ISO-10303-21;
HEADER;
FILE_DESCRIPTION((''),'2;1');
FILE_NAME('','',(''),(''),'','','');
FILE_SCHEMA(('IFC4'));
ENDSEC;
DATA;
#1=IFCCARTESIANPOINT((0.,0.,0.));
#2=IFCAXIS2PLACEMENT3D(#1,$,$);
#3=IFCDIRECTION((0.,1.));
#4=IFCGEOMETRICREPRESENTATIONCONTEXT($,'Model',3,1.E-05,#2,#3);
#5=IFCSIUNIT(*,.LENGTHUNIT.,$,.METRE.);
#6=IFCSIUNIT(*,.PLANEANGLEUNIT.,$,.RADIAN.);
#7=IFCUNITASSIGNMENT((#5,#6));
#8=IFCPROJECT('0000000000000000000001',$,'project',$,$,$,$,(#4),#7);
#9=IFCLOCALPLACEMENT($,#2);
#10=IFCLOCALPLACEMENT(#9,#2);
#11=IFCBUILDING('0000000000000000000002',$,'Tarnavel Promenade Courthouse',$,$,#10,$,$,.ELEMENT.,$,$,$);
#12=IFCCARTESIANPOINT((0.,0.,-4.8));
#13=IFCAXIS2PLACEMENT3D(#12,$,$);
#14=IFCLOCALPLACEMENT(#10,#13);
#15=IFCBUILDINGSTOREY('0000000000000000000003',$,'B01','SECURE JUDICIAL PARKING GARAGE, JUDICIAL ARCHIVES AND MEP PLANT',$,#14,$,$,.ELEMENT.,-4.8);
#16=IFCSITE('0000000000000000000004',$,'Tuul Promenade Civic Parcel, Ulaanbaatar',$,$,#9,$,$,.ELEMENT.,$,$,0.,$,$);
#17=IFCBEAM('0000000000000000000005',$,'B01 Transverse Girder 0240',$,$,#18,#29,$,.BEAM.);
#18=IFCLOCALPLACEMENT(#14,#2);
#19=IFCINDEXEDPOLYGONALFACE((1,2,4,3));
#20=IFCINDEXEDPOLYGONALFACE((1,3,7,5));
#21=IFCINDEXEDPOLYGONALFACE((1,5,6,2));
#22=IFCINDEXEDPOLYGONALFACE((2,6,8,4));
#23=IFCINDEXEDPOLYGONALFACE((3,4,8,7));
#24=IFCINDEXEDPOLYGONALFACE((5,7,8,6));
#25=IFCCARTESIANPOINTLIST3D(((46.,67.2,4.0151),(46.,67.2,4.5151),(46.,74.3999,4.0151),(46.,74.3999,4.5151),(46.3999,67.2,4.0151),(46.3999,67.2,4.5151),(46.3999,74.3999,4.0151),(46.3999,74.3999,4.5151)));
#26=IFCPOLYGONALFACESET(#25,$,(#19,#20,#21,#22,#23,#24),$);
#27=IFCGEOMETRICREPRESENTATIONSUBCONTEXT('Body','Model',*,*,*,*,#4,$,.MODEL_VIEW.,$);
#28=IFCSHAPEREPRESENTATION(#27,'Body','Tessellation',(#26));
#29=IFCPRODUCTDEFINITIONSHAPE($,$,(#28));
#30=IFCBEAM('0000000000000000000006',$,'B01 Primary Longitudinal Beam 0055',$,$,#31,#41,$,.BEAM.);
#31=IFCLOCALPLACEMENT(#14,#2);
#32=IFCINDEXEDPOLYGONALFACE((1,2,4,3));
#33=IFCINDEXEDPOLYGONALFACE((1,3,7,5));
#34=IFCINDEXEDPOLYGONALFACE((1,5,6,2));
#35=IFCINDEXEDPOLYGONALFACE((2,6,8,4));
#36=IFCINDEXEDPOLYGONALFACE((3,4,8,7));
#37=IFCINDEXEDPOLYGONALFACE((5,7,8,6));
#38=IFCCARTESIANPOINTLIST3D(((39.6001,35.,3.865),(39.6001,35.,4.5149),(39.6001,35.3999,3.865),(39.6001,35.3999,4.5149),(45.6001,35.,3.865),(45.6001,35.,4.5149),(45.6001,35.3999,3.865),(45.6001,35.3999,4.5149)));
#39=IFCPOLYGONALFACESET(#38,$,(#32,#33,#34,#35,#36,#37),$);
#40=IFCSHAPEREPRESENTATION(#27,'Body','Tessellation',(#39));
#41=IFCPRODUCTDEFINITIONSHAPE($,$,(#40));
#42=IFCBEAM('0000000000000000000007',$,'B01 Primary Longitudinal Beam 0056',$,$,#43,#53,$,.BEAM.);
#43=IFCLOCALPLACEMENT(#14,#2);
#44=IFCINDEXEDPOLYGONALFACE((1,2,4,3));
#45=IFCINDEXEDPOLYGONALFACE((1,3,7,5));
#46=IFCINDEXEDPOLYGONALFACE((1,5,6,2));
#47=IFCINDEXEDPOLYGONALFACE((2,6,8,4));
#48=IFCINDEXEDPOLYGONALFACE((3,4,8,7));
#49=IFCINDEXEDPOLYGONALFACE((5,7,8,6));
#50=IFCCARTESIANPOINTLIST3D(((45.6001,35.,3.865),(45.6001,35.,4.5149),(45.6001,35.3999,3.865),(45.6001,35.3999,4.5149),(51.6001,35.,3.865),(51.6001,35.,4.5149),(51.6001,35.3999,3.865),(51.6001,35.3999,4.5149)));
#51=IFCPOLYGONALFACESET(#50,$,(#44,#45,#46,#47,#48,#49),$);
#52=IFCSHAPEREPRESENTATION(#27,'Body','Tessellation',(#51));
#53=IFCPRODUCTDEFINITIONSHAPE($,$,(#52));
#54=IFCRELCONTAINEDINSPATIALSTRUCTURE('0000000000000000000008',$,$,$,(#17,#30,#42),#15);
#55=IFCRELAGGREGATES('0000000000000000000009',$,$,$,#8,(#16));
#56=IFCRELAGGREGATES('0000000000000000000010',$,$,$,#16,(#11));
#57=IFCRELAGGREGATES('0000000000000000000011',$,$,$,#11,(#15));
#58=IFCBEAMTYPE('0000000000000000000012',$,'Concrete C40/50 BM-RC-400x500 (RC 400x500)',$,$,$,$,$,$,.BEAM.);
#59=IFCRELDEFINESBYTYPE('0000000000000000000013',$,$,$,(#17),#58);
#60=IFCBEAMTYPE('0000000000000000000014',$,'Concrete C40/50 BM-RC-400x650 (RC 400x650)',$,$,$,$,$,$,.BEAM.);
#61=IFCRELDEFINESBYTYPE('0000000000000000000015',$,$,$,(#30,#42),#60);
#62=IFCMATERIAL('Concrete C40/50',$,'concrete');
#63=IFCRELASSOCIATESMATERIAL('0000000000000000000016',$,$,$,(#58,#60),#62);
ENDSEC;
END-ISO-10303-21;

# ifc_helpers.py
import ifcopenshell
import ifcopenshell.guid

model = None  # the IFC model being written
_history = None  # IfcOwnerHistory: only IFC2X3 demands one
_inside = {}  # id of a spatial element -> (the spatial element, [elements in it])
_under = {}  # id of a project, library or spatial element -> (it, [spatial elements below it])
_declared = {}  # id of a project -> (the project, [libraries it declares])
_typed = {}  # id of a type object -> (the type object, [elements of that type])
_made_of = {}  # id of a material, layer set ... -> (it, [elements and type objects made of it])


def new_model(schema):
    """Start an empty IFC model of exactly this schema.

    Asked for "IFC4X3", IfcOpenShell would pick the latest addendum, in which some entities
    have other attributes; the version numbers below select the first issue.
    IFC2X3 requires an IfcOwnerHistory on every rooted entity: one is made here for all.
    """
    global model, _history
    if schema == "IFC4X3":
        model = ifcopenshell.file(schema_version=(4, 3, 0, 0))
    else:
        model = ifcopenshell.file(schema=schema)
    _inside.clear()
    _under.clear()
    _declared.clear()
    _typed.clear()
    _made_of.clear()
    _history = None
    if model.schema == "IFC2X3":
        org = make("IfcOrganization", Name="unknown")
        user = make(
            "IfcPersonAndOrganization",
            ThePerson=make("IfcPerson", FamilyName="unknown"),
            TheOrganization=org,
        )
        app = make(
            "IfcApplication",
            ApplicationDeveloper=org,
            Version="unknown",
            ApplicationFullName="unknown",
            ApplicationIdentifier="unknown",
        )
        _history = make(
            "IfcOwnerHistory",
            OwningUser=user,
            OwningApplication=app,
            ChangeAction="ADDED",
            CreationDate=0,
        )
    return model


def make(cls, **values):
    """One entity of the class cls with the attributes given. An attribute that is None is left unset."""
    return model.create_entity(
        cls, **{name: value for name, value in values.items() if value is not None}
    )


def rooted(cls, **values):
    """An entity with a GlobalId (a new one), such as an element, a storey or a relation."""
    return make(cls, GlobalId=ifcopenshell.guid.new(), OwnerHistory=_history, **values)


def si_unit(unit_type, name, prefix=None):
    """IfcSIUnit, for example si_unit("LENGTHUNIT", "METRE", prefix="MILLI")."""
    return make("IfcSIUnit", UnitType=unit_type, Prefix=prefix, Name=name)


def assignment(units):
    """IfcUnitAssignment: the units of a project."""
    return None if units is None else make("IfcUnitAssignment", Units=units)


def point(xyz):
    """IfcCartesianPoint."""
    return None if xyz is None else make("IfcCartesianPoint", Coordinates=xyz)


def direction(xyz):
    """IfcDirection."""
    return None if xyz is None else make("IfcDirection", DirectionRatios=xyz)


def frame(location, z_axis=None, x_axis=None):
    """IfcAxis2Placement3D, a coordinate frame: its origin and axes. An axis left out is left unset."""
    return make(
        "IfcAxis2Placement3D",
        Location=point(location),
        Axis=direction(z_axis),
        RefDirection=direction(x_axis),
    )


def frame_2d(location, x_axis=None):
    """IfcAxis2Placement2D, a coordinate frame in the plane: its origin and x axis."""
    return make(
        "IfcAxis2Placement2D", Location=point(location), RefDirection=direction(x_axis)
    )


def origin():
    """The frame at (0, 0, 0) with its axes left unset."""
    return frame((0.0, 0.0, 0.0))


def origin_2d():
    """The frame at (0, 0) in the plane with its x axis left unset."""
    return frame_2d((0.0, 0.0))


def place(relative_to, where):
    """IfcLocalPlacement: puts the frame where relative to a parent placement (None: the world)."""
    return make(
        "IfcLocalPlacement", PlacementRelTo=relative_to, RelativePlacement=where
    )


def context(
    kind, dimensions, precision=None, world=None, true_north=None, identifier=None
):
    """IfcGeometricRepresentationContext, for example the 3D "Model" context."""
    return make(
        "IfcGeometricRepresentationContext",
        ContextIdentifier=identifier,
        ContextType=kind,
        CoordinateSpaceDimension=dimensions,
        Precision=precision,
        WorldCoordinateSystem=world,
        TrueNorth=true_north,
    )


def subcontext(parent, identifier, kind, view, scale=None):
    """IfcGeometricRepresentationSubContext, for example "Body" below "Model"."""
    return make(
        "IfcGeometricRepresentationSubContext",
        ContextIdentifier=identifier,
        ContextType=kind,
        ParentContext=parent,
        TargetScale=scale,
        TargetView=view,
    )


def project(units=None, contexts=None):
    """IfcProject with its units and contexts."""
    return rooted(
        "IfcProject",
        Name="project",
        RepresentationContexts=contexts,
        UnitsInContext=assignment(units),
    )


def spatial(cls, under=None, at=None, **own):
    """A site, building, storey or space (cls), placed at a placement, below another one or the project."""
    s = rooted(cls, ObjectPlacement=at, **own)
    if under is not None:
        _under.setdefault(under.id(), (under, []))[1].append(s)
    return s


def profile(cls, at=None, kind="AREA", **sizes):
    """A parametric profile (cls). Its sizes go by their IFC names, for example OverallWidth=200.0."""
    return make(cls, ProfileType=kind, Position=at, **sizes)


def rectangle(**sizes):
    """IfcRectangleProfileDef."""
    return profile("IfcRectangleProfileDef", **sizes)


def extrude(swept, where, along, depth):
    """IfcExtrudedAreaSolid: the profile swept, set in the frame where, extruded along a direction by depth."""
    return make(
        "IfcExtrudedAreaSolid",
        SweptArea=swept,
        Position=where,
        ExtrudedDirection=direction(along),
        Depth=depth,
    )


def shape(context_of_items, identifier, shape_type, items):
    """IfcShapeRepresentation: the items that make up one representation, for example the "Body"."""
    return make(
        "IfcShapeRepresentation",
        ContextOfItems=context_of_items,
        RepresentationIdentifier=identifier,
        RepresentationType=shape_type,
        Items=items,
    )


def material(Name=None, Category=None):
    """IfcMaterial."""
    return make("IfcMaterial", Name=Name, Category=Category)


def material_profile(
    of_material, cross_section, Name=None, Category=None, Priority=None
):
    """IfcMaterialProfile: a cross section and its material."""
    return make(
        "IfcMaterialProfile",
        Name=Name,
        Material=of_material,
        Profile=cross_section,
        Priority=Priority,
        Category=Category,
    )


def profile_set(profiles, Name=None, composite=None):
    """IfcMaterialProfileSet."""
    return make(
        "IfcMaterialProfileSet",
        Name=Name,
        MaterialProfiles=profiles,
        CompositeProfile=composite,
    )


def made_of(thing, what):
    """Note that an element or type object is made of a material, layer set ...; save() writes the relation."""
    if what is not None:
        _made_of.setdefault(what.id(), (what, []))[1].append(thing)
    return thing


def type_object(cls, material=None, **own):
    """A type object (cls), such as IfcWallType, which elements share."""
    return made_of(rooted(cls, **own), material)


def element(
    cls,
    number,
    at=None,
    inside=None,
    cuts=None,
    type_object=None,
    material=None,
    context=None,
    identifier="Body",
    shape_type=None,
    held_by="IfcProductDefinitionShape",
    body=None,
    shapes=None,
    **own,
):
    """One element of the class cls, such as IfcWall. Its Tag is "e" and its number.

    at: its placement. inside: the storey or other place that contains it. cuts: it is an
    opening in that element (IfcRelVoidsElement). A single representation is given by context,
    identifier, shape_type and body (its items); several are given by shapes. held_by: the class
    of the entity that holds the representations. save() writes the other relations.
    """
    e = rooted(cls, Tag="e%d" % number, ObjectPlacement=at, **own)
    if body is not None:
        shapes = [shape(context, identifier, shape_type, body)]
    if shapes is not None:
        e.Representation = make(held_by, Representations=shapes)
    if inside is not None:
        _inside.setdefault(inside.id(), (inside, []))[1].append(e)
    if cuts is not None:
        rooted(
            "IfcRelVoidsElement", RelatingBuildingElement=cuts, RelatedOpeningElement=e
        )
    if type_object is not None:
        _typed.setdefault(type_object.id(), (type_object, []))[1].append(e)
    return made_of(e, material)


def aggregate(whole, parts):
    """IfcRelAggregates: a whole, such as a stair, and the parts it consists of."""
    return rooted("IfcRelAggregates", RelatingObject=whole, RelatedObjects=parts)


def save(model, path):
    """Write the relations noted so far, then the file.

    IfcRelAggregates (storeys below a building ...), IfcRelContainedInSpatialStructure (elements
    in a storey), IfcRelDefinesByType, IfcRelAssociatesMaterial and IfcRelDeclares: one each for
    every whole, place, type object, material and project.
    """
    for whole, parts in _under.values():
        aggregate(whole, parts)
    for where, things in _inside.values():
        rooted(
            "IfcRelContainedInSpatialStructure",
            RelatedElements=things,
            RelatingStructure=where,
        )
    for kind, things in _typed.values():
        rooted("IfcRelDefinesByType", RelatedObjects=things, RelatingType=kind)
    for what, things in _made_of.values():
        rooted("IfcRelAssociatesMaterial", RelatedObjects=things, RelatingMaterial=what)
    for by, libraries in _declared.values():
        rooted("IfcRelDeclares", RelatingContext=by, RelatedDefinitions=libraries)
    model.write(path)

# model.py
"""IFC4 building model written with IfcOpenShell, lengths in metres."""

from ifc_helpers import new_model, si_unit, direction, frame, origin, origin_2d, place, context, subcontext, project, spatial, rectangle, extrude, material, material_profile, profile_set, type_object, element, save


model = new_model("IFC4")

# Units and contexts
model_context = context("Model", 3, precision=1e-05, world=origin(), true_north=direction((0.0, 1.0)))
body_context = subcontext(model_context, "Body", "Model", "MODEL_VIEW")
ifc_project = project(units=[si_unit("LENGTHUNIT", "METRE"), si_unit("PLANEANGLEUNIT", "RADIAN")], contexts=[model_context])

# Site, building, storey
site_placement = place(None, origin())
site = spatial("IfcSite", under=ifc_project, at=site_placement, Name="Tuul Promenade Civic Parcel, Ulaanbaatar", CompositionType="ELEMENT", RefElevation=0.0)
building_placement = place(site_placement, origin())
building = spatial("IfcBuilding", under=site, at=building_placement, Name="Tarnavel Promenade Courthouse", CompositionType="ELEMENT")
storey_placement = place(building_placement, frame((0.0, 0.0, -4.8)))
storey = spatial("IfcBuildingStorey", under=building, at=storey_placement, Name="B01", Description="SECURE JUDICIAL PARKING GARAGE, JUDICIAL ARCHIVES AND MEP PLANT", CompositionType="ELEMENT", Elevation=-4.8)

# Shared definitions
ifc_material_1 = material(Name="Concrete C40/50", Category="concrete")

# Beams
ifc_material_profile_1 = material_profile(ifc_material_1, rectangle(XDim=0.3999, YDim=0.5, at=origin_2d()), Name="RC 400x500")
ifc_profile_set_1 = profile_set([ifc_material_profile_1], Name="Concrete C40/50")
beam_type_1 = type_object("IfcBeamType", Name="Concrete C40/50 BM-RC-400x500 (RC 400x500)", PredefinedType="BEAM", material=ifc_profile_set_1)
beam_1_placement = place(storey_placement, frame((46.2, 67.2, 4.2651), z_axis=(0.0, 1.0, 0.0), x_axis=(-1.0, 0.0, 0.0)))
element("IfcBeam", 1, at=beam_1_placement, inside=storey, type_object=beam_type_1, Name="B01 Transverse Girder 0240", PredefinedType="BEAM", context=body_context, shape_type="SweptSolid", body=[
    extrude(rectangle(XDim=0.3999, YDim=0.5, at=origin_2d()), origin(), (0.0, 0.0, 1.0), 7.2),
])
ifc_material_profile_2 = material_profile(ifc_material_1, rectangle(XDim=0.3999, YDim=0.6499, at=origin_2d()), Name="RC 400x650")
ifc_profile_set_2 = profile_set([ifc_material_profile_2], Name="Concrete C40/50")
beam_type_2 = type_object("IfcBeamType", Name="Concrete C40/50 BM-RC-400x650 (RC 400x650)", PredefinedType="BEAM", material=ifc_profile_set_2)
for number, where, z_axis, x_axis, name in (
    (2, (39.6001, 35.2, 4.1899), (1.0, 0.0, 0.0), (0.0, 1.0, 0.0), "B01 Primary Longitudinal Beam 0055"),
    (3, (45.6001, 35.2, 4.1899), (1.0, 0.0, 0.0), (0.0, 1.0, 0.0), "B01 Primary Longitudinal Beam 0056"),
):
    element("IfcBeam", number, at=place(storey_placement, frame(where, z_axis=z_axis, x_axis=x_axis)), inside=storey, type_object=beam_type_2, Name=name, PredefinedType="BEAM", context=body_context, shape_type="SweptSolid", body=[
        extrude(rectangle(XDim=0.3999, YDim=0.6499, at=origin_2d()), origin(), (0.0, 0.0, 1.0), 6.0),
    ])

save(model, "model.ifc")
